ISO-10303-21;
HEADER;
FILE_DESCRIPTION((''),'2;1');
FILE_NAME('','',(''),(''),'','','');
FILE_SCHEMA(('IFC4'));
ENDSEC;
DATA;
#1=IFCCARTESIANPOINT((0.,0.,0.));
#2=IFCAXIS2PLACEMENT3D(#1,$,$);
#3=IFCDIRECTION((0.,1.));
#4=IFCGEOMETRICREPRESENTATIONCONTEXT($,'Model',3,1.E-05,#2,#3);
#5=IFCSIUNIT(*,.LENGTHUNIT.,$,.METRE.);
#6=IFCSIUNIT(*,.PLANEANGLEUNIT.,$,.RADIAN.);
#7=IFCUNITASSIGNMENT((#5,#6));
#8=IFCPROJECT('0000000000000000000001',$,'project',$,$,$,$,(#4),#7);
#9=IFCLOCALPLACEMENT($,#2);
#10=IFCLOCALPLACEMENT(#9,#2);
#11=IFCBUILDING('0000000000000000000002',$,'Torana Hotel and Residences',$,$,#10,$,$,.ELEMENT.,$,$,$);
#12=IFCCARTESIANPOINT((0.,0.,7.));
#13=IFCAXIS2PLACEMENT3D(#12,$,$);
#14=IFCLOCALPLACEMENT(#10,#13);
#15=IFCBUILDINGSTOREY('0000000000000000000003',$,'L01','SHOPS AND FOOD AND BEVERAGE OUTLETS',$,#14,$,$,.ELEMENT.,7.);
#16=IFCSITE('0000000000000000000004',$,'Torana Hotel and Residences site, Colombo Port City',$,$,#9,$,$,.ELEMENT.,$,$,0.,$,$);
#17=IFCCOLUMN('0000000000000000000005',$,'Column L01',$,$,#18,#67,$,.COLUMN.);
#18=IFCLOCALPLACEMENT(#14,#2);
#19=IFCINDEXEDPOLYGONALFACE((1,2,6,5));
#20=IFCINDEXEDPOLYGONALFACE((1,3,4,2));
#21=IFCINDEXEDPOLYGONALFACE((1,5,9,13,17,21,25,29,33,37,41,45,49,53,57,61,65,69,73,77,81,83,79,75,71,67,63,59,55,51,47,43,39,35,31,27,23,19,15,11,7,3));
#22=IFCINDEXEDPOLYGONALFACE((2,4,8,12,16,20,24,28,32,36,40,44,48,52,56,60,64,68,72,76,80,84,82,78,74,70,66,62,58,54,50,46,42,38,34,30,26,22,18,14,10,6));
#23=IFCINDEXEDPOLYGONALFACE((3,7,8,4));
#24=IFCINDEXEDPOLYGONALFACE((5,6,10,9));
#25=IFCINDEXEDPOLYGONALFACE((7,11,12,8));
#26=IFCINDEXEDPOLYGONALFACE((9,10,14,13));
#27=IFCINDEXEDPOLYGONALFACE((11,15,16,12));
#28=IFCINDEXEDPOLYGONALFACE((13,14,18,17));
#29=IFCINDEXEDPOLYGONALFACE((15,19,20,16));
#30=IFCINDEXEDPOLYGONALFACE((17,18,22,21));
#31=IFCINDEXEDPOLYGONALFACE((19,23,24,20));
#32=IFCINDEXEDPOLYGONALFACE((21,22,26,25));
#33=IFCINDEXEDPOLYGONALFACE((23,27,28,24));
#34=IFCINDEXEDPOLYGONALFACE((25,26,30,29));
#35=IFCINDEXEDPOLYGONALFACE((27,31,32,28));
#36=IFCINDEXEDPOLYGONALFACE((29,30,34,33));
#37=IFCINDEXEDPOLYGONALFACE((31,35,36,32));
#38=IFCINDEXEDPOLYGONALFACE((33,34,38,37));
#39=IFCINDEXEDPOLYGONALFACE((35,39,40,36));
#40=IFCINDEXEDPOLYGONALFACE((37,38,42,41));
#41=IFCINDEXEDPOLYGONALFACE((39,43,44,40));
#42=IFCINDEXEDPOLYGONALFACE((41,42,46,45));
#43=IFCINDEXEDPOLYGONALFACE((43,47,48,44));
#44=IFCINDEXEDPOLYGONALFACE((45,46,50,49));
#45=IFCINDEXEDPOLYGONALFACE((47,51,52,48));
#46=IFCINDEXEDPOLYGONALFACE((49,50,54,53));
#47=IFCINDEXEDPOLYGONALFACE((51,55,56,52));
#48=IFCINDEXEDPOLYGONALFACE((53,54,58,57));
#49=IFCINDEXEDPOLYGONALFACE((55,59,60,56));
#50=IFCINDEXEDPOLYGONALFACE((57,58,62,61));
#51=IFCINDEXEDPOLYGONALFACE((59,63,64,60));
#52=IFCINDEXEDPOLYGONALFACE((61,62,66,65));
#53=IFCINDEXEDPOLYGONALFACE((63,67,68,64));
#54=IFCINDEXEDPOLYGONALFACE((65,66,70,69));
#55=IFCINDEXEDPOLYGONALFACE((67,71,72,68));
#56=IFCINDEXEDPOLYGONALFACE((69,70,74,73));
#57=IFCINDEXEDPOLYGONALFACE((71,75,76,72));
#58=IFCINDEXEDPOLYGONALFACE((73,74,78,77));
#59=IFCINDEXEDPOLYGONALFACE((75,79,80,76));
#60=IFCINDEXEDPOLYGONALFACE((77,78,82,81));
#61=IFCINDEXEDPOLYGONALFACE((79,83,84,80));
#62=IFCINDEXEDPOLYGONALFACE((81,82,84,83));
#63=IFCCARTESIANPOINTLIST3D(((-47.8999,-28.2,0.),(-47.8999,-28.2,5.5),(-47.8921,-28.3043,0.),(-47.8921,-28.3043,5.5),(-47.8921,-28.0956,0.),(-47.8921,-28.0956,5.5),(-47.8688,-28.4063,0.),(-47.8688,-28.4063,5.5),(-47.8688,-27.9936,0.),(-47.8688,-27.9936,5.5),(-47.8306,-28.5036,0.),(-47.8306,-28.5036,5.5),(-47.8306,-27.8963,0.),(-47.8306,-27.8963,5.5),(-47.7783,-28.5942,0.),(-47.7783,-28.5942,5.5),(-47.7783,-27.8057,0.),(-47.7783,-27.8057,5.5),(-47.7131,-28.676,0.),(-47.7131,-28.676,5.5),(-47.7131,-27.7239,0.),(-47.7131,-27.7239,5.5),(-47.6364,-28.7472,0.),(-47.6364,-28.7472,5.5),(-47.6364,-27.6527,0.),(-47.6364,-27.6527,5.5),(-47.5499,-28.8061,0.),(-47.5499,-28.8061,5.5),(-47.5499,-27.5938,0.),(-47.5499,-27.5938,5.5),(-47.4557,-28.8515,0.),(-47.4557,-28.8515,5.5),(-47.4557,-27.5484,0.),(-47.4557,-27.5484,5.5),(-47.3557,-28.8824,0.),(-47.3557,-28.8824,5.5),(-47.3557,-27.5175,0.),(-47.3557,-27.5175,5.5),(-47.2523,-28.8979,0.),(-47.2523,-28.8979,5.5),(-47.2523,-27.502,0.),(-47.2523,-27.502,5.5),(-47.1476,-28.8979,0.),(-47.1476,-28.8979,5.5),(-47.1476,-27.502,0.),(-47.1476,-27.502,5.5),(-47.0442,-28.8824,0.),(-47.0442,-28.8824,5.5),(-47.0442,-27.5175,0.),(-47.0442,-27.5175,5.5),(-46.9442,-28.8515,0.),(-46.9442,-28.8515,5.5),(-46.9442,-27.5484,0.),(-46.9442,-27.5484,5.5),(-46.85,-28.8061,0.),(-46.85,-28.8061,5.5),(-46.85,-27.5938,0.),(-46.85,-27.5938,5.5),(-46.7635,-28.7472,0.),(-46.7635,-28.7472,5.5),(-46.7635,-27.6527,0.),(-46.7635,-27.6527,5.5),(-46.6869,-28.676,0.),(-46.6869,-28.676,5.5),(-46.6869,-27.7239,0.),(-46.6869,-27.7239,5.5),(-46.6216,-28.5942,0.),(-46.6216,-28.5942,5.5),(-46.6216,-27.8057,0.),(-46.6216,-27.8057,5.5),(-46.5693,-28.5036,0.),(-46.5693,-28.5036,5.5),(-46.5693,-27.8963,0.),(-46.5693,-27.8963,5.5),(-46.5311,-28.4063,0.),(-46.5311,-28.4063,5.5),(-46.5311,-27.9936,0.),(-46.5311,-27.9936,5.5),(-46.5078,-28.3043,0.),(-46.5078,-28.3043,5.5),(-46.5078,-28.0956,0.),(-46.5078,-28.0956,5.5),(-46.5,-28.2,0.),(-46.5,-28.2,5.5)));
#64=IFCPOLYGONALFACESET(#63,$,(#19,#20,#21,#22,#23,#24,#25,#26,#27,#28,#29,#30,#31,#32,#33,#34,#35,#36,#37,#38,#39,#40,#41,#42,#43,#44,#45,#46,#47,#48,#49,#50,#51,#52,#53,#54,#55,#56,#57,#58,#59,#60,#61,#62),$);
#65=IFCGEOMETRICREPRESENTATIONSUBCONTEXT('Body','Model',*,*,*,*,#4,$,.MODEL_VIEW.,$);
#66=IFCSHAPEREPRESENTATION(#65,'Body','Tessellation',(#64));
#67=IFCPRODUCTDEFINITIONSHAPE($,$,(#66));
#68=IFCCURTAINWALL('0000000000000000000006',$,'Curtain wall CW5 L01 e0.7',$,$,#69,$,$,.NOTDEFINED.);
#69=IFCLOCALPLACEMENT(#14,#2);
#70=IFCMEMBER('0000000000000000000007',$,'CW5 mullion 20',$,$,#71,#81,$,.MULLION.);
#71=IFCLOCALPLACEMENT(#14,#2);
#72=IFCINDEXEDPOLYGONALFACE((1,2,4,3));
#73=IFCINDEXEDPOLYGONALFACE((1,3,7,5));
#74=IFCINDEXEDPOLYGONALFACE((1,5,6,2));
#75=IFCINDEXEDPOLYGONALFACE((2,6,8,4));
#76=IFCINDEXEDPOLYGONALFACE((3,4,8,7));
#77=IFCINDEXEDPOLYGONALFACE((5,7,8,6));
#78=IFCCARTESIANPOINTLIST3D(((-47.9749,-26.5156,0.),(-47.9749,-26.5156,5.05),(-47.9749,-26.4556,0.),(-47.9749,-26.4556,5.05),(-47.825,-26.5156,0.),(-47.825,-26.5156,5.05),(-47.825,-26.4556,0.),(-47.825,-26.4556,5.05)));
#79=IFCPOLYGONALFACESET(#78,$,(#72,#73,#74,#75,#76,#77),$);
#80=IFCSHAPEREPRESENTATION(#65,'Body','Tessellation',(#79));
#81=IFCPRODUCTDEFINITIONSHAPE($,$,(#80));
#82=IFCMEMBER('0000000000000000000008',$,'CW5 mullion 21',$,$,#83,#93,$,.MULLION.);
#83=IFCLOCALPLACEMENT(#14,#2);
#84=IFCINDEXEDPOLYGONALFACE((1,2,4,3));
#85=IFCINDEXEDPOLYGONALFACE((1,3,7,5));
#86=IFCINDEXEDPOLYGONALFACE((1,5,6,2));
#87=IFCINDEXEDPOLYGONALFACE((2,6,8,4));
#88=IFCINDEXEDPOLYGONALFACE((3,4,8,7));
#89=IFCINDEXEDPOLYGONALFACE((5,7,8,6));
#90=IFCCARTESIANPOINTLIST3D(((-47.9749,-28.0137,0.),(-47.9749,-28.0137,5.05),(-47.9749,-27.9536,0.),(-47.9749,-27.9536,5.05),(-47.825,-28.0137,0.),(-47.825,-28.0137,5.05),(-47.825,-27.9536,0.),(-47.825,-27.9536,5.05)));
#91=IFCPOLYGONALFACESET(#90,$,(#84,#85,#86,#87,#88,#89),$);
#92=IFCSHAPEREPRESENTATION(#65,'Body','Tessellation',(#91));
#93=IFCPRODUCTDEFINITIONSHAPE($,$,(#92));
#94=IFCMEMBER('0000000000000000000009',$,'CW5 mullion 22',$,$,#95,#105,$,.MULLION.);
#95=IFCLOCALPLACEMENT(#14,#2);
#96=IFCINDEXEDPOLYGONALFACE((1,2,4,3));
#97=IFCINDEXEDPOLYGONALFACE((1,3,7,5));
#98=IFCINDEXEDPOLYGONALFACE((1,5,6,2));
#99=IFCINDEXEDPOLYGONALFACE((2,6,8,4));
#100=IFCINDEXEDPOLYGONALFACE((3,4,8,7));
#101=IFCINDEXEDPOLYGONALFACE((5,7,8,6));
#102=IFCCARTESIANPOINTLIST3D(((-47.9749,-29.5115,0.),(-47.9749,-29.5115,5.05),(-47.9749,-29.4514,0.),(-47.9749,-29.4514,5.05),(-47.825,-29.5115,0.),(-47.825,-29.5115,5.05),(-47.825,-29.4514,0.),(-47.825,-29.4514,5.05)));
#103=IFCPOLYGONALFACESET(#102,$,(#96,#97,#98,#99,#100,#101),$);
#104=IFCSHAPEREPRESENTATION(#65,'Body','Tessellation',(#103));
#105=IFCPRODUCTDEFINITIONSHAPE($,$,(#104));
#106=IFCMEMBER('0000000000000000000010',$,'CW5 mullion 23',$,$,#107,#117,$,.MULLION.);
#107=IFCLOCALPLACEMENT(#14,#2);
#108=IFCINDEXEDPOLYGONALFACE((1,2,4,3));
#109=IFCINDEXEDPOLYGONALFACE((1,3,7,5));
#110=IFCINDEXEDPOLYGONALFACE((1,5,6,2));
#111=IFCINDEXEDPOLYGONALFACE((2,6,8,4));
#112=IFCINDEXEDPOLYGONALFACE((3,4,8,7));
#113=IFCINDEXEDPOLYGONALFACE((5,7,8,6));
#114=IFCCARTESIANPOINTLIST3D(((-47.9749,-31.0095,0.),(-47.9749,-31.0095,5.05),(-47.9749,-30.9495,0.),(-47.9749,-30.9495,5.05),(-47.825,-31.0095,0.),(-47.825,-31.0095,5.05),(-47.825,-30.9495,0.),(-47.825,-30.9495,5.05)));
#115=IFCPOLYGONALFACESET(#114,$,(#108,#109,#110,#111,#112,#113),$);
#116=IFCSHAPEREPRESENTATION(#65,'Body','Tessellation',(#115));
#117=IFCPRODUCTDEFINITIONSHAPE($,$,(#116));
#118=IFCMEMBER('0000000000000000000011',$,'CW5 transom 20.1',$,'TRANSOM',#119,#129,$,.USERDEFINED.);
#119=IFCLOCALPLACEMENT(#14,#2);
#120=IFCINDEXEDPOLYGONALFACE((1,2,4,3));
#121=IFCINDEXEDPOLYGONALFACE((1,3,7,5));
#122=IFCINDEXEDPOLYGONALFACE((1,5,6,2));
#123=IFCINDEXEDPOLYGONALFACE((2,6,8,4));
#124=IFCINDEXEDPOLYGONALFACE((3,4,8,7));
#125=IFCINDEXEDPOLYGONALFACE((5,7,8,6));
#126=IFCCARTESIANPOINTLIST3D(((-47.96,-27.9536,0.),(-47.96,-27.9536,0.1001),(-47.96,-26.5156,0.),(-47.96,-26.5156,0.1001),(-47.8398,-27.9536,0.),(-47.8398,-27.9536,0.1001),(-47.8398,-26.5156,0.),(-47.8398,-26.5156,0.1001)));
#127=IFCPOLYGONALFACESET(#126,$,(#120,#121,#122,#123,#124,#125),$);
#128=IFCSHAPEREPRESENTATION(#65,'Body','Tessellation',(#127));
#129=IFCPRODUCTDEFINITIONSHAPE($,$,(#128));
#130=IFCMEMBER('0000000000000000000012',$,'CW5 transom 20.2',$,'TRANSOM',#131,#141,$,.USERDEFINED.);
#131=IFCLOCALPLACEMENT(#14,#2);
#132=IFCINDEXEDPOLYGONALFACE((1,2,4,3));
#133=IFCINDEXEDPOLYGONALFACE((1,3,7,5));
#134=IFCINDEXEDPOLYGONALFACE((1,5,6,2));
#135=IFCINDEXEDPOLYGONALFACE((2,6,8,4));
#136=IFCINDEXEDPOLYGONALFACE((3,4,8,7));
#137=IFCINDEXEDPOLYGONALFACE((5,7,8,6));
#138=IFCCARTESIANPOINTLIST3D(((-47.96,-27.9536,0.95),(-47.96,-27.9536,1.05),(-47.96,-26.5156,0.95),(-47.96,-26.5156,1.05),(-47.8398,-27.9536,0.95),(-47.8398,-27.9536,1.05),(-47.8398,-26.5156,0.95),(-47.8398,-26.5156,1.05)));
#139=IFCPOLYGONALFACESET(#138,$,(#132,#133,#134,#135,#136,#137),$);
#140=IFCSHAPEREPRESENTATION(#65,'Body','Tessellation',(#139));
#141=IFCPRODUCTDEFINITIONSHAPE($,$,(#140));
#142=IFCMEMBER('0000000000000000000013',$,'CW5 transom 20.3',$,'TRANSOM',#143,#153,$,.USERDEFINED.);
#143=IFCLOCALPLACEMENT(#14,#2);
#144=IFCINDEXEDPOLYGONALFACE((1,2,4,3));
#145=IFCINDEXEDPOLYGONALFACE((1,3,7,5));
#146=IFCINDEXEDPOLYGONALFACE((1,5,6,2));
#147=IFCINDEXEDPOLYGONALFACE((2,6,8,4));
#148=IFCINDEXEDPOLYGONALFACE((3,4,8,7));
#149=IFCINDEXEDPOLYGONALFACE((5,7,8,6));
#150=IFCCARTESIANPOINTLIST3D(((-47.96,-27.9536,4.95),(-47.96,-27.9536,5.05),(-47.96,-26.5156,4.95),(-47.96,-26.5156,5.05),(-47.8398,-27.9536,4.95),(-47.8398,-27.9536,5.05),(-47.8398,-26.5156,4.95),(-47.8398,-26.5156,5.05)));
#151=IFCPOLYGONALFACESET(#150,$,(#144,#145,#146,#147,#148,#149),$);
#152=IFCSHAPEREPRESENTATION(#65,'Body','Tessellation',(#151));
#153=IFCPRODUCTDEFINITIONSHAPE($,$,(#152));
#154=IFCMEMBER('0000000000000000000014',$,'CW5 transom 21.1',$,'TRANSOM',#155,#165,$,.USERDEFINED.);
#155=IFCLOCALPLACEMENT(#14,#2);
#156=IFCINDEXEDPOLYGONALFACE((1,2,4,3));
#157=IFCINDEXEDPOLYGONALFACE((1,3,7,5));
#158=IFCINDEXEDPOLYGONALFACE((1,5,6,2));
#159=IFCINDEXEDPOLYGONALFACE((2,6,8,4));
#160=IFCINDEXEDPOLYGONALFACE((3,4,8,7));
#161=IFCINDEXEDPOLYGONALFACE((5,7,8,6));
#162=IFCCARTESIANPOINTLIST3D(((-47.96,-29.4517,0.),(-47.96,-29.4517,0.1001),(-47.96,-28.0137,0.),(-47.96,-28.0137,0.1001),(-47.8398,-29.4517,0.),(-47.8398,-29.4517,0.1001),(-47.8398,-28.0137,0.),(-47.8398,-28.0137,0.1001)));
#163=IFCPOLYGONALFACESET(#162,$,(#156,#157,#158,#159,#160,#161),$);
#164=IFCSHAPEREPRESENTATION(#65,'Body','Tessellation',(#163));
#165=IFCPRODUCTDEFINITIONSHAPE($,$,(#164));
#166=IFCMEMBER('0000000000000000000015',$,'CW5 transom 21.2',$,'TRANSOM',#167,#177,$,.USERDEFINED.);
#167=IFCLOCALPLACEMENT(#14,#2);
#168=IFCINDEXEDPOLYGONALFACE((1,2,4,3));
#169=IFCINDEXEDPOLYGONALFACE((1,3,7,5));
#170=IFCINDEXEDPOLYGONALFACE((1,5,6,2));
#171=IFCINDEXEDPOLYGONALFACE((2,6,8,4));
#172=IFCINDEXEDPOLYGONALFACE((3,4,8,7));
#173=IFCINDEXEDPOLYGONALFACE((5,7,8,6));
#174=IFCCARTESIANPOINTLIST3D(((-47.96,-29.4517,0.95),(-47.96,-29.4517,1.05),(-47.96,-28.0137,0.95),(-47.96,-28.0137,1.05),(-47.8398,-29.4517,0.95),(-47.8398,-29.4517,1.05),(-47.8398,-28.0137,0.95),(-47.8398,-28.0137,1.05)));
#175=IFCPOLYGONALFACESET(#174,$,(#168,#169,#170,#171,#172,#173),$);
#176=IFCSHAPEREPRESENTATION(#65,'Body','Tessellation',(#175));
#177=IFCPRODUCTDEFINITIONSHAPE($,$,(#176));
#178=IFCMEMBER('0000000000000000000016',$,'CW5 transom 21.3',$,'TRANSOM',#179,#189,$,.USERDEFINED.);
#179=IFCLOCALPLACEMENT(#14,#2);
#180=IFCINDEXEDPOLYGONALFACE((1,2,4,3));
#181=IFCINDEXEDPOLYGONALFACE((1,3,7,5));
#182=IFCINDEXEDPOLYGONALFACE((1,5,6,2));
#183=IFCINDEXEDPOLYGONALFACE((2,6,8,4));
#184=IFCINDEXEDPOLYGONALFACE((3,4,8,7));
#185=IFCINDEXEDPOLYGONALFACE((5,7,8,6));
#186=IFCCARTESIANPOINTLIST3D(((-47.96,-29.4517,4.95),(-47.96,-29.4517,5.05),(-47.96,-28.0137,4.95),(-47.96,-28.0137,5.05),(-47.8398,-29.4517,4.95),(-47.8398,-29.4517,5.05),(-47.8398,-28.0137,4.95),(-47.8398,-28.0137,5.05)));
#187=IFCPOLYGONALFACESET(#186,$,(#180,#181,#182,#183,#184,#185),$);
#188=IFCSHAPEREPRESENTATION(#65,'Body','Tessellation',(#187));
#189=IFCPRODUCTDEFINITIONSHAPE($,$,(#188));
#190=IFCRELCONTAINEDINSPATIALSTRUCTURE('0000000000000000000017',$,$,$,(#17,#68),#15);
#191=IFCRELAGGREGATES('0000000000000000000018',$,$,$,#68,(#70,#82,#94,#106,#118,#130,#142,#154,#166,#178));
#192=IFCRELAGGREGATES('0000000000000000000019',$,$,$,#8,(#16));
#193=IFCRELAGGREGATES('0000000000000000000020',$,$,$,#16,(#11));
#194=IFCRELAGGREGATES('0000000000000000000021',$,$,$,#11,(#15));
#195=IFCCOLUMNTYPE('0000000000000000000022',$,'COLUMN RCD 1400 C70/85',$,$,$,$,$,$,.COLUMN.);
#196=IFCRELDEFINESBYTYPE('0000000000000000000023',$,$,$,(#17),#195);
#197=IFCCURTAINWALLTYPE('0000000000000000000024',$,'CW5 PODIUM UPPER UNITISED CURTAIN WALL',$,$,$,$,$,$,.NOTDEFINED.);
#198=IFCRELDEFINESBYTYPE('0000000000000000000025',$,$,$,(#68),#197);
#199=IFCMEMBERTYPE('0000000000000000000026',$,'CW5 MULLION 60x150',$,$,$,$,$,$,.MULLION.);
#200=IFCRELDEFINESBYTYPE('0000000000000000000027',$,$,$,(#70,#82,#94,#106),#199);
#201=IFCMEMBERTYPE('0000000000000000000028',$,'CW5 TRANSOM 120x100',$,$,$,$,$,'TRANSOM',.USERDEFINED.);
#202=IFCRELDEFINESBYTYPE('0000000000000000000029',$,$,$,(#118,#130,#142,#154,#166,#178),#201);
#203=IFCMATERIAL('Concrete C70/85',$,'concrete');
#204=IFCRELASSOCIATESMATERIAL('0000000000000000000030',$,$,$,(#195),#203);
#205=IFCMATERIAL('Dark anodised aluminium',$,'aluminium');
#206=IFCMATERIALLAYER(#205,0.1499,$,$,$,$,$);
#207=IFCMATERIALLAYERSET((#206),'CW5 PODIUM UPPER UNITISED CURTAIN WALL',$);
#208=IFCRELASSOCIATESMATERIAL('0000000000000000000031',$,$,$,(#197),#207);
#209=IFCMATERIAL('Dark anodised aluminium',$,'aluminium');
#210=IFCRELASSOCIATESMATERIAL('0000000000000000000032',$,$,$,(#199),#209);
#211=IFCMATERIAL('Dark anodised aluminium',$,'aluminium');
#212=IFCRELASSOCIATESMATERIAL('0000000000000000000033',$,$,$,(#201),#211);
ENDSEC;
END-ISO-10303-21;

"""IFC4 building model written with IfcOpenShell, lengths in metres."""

from ifc_helpers import new_model, si_unit, direction, frame, origin, origin_2d, place, context, subcontext, project, spatial, rectangle, circle, extrude, material, layer, layer_set, material_profile, profile_set, type_object, element, aggregate, save


model = new_model("IFC4")

# Units and contexts
model_context = context("Model", 3, precision=1e-05, world=origin(), true_north=direction((0.0, 1.0)))
body_context = subcontext(model_context, "Body", "Model", "MODEL_VIEW")
ifc_project = project(units=[si_unit("LENGTHUNIT", "METRE"), si_unit("PLANEANGLEUNIT", "RADIAN")], contexts=[model_context])

# Site, building, storey
site_placement = place(None, origin())
site = spatial("IfcSite", under=ifc_project, at=site_placement, Name="Torana Hotel and Residences site, Colombo Port City", CompositionType="ELEMENT", RefElevation=0.0)
building_placement = place(site_placement, origin())
building = spatial("IfcBuilding", under=site, at=building_placement, Name="Torana Hotel and Residences", CompositionType="ELEMENT")
storey_placement = place(building_placement, frame((0.0, 0.0, 7.0)))
storey = spatial("IfcBuildingStorey", under=building, at=storey_placement, Name="L01", Description="SHOPS AND FOOD AND BEVERAGE OUTLETS", CompositionType="ELEMENT", Elevation=7.0)

# Column
ifc_material_1 = material(Name="Concrete C70/85", Category="concrete")
ifc_material_profile_1 = material_profile(ifc_material_1, circle(Radius=0.7, at=origin_2d()), Name="RCD 1400")
ifc_profile_set_1 = profile_set([ifc_material_profile_1], Name="Concrete C70/85")
column_type = type_object("IfcColumnType", Name="COLUMN RCD 1400 C70/85", PredefinedType="COLUMN", material=ifc_profile_set_1)
column_placement = place(storey_placement, frame((-47.2, -28.2, 0.0), z_axis=(0.0, 0.0, 1.0), x_axis=(1.0, 0.0, 0.0)))
element("IfcColumn", 1, at=column_placement, inside=storey, type_object=column_type, Name="Column L01", PredefinedType="COLUMN", context=body_context, shape_type="SweptSolid", body=[
    extrude(circle(Radius=0.7, at=origin_2d()), origin(), (0.0, 0.0, 1.0), 5.5),
])

# Curtain wall, members
ifc_material_2 = material(Name="Dark anodised aluminium", Category="aluminium")
ifc_layer_1 = layer(ifc_material_2, 0.1499)
ifc_layer_set_1 = layer_set([ifc_layer_1], Name="CW5 PODIUM UPPER UNITISED CURTAIN WALL")
curtain_wall_type = type_object("IfcCurtainWallType", Name="CW5 PODIUM UPPER UNITISED CURTAIN WALL", PredefinedType="NOTDEFINED", material=ifc_layer_set_1)
curtain_wall_placement = place(storey_placement, origin())
curtain_wall = element("IfcCurtainWall", 2, at=curtain_wall_placement, inside=storey, type_object=curtain_wall_type, Name="Curtain wall CW5 L01 e0.7", PredefinedType="NOTDEFINED")
ifc_material_3 = material(Name="Dark anodised aluminium", Category="aluminium")
ifc_material_profile_2 = material_profile(ifc_material_3, rectangle(XDim=0.1499, YDim=0.0601, at=origin_2d()), Name="CW5 MULLION 60x150")
ifc_profile_set_2 = profile_set([ifc_material_profile_2], Name="Dark anodised aluminium")
member_type_1 = type_object("IfcMemberType", Name="CW5 MULLION 60x150", PredefinedType="MULLION", material=ifc_profile_set_2)
member_1_placement = place(storey_placement, frame((-47.8999, -26.4856, 0.0), z_axis=(0.0, 0.0, 1.0), x_axis=(1.0, 0.0, 0.0)))
member_1 = element("IfcMember", 3, at=member_1_placement, type_object=member_type_1, Name="CW5 mullion 20", PredefinedType="MULLION", context=body_context, shape_type="SweptSolid", body=[
    extrude(rectangle(XDim=0.1499, YDim=0.0601, at=origin_2d()), origin(), (0.0, 0.0, 1.0), 5.05),
])
member_2_placement = place(storey_placement, frame((-47.8999, -27.9836, 0.0), z_axis=(0.0, 0.0, 1.0), x_axis=(1.0, 0.0, 0.0)))
member_2 = element("IfcMember", 4, at=member_2_placement, type_object=member_type_1, Name="CW5 mullion 21", PredefinedType="MULLION", context=body_context, shape_type="SweptSolid", body=[
    extrude(rectangle(XDim=0.1499, YDim=0.0601, at=origin_2d()), origin(), (0.0, 0.0, 1.0), 5.05),
])
member_3_placement = place(storey_placement, frame((-47.8999, -29.4814, 0.0), z_axis=(0.0, 0.0, 1.0), x_axis=(1.0, 0.0, 0.0)))
member_3 = element("IfcMember", 5, at=member_3_placement, type_object=member_type_1, Name="CW5 mullion 22", PredefinedType="MULLION", context=body_context, shape_type="SweptSolid", body=[
    extrude(rectangle(XDim=0.1499, YDim=0.0601, at=origin_2d()), origin(), (0.0, 0.0, 1.0), 5.05),
])
member_4_placement = place(storey_placement, frame((-47.8999, -30.9795, 0.0), z_axis=(0.0, 0.0, 1.0), x_axis=(1.0, 0.0, 0.0)))
member_4 = element("IfcMember", 6, at=member_4_placement, type_object=member_type_1, Name="CW5 mullion 23", PredefinedType="MULLION", context=body_context, shape_type="SweptSolid", body=[
    extrude(rectangle(XDim=0.1499, YDim=0.0601, at=origin_2d()), origin(), (0.0, 0.0, 1.0), 5.05),
])
ifc_material_4 = material(Name="Dark anodised aluminium", Category="aluminium")
ifc_material_profile_3 = material_profile(ifc_material_4, rectangle(XDim=0.1201, YDim=0.1001, at=origin_2d()), Name="CW5 TRANSOM 120x100")
ifc_profile_set_3 = profile_set([ifc_material_profile_3], Name="Dark anodised aluminium")
member_type_2 = type_object("IfcMemberType", Name="CW5 TRANSOM 120x100", ElementType="TRANSOM", PredefinedType="USERDEFINED", material=ifc_profile_set_3)
member_5_placement = place(storey_placement, frame((-47.8999, -26.5156, 0.05), z_axis=(0.0, -1.0, 0.0), x_axis=(1.0, 0.0, 0.0)))
member_5 = element("IfcMember", 7, at=member_5_placement, type_object=member_type_2, Name="CW5 transom 20.1", ObjectType="TRANSOM", PredefinedType="USERDEFINED", context=body_context, shape_type="SweptSolid", body=[
    extrude(rectangle(XDim=0.1201, YDim=0.1001, at=origin_2d()), origin(), (0.0, 0.0, 1.0), 1.438),
])
member_6_placement = place(storey_placement, frame((-47.8999, -26.5156, 1.0), z_axis=(0.0, -1.0, 0.0), x_axis=(1.0, 0.0, 0.0)))
member_6 = element("IfcMember", 8, at=member_6_placement, type_object=member_type_2, Name="CW5 transom 20.2", ObjectType="TRANSOM", PredefinedType="USERDEFINED", context=body_context, shape_type="SweptSolid", body=[
    extrude(rectangle(XDim=0.1201, YDim=0.1001, at=origin_2d()), origin(), (0.0, 0.0, 1.0), 1.438),
])
member_7_placement = place(storey_placement, frame((-47.8999, -26.5156, 5.0), z_axis=(0.0, -1.0, 0.0), x_axis=(1.0, 0.0, 0.0)))
member_7 = element("IfcMember", 9, at=member_7_placement, type_object=member_type_2, Name="CW5 transom 20.3", ObjectType="TRANSOM", PredefinedType="USERDEFINED", context=body_context, shape_type="SweptSolid", body=[
    extrude(rectangle(XDim=0.1201, YDim=0.1001, at=origin_2d()), origin(), (0.0, 0.0, 1.0), 1.438),
])
member_8_placement = place(storey_placement, frame((-47.8999, -28.0137, 0.05), z_axis=(0.0, -1.0, 0.0), x_axis=(1.0, 0.0, 0.0)))
member_8 = element("IfcMember", 10, at=member_8_placement, type_object=member_type_2, Name="CW5 transom 21.1", ObjectType="TRANSOM", PredefinedType="USERDEFINED", context=body_context, shape_type="SweptSolid", body=[
    extrude(rectangle(XDim=0.1201, YDim=0.1001, at=origin_2d()), origin(), (0.0, 0.0, 1.0), 1.438),
])
member_9_placement = place(storey_placement, frame((-47.8999, -28.0137, 1.0), z_axis=(0.0, -1.0, 0.0), x_axis=(1.0, 0.0, 0.0)))
member_9 = element("IfcMember", 11, at=member_9_placement, type_object=member_type_2, Name="CW5 transom 21.2", ObjectType="TRANSOM", PredefinedType="USERDEFINED", context=body_context, shape_type="SweptSolid", body=[
    extrude(rectangle(XDim=0.1201, YDim=0.1001, at=origin_2d()), origin(), (0.0, 0.0, 1.0), 1.438),
])
member_10_placement = place(storey_placement, frame((-47.8999, -28.0137, 5.0), z_axis=(0.0, -1.0, 0.0), x_axis=(1.0, 0.0, 0.0)))
member_10 = element("IfcMember", 12, at=member_10_placement, type_object=member_type_2, Name="CW5 transom 21.3", ObjectType="TRANSOM", PredefinedType="USERDEFINED", context=body_context, shape_type="SweptSolid", body=[
    extrude(rectangle(XDim=0.1201, YDim=0.1001, at=origin_2d()), origin(), (0.0, 0.0, 1.0), 1.438),
])
aggregate(curtain_wall, [member_1, member_2, member_3, member_4, member_5, member_6, member_7, member_8, member_9, member_10])

save(model, "model.ifc")
